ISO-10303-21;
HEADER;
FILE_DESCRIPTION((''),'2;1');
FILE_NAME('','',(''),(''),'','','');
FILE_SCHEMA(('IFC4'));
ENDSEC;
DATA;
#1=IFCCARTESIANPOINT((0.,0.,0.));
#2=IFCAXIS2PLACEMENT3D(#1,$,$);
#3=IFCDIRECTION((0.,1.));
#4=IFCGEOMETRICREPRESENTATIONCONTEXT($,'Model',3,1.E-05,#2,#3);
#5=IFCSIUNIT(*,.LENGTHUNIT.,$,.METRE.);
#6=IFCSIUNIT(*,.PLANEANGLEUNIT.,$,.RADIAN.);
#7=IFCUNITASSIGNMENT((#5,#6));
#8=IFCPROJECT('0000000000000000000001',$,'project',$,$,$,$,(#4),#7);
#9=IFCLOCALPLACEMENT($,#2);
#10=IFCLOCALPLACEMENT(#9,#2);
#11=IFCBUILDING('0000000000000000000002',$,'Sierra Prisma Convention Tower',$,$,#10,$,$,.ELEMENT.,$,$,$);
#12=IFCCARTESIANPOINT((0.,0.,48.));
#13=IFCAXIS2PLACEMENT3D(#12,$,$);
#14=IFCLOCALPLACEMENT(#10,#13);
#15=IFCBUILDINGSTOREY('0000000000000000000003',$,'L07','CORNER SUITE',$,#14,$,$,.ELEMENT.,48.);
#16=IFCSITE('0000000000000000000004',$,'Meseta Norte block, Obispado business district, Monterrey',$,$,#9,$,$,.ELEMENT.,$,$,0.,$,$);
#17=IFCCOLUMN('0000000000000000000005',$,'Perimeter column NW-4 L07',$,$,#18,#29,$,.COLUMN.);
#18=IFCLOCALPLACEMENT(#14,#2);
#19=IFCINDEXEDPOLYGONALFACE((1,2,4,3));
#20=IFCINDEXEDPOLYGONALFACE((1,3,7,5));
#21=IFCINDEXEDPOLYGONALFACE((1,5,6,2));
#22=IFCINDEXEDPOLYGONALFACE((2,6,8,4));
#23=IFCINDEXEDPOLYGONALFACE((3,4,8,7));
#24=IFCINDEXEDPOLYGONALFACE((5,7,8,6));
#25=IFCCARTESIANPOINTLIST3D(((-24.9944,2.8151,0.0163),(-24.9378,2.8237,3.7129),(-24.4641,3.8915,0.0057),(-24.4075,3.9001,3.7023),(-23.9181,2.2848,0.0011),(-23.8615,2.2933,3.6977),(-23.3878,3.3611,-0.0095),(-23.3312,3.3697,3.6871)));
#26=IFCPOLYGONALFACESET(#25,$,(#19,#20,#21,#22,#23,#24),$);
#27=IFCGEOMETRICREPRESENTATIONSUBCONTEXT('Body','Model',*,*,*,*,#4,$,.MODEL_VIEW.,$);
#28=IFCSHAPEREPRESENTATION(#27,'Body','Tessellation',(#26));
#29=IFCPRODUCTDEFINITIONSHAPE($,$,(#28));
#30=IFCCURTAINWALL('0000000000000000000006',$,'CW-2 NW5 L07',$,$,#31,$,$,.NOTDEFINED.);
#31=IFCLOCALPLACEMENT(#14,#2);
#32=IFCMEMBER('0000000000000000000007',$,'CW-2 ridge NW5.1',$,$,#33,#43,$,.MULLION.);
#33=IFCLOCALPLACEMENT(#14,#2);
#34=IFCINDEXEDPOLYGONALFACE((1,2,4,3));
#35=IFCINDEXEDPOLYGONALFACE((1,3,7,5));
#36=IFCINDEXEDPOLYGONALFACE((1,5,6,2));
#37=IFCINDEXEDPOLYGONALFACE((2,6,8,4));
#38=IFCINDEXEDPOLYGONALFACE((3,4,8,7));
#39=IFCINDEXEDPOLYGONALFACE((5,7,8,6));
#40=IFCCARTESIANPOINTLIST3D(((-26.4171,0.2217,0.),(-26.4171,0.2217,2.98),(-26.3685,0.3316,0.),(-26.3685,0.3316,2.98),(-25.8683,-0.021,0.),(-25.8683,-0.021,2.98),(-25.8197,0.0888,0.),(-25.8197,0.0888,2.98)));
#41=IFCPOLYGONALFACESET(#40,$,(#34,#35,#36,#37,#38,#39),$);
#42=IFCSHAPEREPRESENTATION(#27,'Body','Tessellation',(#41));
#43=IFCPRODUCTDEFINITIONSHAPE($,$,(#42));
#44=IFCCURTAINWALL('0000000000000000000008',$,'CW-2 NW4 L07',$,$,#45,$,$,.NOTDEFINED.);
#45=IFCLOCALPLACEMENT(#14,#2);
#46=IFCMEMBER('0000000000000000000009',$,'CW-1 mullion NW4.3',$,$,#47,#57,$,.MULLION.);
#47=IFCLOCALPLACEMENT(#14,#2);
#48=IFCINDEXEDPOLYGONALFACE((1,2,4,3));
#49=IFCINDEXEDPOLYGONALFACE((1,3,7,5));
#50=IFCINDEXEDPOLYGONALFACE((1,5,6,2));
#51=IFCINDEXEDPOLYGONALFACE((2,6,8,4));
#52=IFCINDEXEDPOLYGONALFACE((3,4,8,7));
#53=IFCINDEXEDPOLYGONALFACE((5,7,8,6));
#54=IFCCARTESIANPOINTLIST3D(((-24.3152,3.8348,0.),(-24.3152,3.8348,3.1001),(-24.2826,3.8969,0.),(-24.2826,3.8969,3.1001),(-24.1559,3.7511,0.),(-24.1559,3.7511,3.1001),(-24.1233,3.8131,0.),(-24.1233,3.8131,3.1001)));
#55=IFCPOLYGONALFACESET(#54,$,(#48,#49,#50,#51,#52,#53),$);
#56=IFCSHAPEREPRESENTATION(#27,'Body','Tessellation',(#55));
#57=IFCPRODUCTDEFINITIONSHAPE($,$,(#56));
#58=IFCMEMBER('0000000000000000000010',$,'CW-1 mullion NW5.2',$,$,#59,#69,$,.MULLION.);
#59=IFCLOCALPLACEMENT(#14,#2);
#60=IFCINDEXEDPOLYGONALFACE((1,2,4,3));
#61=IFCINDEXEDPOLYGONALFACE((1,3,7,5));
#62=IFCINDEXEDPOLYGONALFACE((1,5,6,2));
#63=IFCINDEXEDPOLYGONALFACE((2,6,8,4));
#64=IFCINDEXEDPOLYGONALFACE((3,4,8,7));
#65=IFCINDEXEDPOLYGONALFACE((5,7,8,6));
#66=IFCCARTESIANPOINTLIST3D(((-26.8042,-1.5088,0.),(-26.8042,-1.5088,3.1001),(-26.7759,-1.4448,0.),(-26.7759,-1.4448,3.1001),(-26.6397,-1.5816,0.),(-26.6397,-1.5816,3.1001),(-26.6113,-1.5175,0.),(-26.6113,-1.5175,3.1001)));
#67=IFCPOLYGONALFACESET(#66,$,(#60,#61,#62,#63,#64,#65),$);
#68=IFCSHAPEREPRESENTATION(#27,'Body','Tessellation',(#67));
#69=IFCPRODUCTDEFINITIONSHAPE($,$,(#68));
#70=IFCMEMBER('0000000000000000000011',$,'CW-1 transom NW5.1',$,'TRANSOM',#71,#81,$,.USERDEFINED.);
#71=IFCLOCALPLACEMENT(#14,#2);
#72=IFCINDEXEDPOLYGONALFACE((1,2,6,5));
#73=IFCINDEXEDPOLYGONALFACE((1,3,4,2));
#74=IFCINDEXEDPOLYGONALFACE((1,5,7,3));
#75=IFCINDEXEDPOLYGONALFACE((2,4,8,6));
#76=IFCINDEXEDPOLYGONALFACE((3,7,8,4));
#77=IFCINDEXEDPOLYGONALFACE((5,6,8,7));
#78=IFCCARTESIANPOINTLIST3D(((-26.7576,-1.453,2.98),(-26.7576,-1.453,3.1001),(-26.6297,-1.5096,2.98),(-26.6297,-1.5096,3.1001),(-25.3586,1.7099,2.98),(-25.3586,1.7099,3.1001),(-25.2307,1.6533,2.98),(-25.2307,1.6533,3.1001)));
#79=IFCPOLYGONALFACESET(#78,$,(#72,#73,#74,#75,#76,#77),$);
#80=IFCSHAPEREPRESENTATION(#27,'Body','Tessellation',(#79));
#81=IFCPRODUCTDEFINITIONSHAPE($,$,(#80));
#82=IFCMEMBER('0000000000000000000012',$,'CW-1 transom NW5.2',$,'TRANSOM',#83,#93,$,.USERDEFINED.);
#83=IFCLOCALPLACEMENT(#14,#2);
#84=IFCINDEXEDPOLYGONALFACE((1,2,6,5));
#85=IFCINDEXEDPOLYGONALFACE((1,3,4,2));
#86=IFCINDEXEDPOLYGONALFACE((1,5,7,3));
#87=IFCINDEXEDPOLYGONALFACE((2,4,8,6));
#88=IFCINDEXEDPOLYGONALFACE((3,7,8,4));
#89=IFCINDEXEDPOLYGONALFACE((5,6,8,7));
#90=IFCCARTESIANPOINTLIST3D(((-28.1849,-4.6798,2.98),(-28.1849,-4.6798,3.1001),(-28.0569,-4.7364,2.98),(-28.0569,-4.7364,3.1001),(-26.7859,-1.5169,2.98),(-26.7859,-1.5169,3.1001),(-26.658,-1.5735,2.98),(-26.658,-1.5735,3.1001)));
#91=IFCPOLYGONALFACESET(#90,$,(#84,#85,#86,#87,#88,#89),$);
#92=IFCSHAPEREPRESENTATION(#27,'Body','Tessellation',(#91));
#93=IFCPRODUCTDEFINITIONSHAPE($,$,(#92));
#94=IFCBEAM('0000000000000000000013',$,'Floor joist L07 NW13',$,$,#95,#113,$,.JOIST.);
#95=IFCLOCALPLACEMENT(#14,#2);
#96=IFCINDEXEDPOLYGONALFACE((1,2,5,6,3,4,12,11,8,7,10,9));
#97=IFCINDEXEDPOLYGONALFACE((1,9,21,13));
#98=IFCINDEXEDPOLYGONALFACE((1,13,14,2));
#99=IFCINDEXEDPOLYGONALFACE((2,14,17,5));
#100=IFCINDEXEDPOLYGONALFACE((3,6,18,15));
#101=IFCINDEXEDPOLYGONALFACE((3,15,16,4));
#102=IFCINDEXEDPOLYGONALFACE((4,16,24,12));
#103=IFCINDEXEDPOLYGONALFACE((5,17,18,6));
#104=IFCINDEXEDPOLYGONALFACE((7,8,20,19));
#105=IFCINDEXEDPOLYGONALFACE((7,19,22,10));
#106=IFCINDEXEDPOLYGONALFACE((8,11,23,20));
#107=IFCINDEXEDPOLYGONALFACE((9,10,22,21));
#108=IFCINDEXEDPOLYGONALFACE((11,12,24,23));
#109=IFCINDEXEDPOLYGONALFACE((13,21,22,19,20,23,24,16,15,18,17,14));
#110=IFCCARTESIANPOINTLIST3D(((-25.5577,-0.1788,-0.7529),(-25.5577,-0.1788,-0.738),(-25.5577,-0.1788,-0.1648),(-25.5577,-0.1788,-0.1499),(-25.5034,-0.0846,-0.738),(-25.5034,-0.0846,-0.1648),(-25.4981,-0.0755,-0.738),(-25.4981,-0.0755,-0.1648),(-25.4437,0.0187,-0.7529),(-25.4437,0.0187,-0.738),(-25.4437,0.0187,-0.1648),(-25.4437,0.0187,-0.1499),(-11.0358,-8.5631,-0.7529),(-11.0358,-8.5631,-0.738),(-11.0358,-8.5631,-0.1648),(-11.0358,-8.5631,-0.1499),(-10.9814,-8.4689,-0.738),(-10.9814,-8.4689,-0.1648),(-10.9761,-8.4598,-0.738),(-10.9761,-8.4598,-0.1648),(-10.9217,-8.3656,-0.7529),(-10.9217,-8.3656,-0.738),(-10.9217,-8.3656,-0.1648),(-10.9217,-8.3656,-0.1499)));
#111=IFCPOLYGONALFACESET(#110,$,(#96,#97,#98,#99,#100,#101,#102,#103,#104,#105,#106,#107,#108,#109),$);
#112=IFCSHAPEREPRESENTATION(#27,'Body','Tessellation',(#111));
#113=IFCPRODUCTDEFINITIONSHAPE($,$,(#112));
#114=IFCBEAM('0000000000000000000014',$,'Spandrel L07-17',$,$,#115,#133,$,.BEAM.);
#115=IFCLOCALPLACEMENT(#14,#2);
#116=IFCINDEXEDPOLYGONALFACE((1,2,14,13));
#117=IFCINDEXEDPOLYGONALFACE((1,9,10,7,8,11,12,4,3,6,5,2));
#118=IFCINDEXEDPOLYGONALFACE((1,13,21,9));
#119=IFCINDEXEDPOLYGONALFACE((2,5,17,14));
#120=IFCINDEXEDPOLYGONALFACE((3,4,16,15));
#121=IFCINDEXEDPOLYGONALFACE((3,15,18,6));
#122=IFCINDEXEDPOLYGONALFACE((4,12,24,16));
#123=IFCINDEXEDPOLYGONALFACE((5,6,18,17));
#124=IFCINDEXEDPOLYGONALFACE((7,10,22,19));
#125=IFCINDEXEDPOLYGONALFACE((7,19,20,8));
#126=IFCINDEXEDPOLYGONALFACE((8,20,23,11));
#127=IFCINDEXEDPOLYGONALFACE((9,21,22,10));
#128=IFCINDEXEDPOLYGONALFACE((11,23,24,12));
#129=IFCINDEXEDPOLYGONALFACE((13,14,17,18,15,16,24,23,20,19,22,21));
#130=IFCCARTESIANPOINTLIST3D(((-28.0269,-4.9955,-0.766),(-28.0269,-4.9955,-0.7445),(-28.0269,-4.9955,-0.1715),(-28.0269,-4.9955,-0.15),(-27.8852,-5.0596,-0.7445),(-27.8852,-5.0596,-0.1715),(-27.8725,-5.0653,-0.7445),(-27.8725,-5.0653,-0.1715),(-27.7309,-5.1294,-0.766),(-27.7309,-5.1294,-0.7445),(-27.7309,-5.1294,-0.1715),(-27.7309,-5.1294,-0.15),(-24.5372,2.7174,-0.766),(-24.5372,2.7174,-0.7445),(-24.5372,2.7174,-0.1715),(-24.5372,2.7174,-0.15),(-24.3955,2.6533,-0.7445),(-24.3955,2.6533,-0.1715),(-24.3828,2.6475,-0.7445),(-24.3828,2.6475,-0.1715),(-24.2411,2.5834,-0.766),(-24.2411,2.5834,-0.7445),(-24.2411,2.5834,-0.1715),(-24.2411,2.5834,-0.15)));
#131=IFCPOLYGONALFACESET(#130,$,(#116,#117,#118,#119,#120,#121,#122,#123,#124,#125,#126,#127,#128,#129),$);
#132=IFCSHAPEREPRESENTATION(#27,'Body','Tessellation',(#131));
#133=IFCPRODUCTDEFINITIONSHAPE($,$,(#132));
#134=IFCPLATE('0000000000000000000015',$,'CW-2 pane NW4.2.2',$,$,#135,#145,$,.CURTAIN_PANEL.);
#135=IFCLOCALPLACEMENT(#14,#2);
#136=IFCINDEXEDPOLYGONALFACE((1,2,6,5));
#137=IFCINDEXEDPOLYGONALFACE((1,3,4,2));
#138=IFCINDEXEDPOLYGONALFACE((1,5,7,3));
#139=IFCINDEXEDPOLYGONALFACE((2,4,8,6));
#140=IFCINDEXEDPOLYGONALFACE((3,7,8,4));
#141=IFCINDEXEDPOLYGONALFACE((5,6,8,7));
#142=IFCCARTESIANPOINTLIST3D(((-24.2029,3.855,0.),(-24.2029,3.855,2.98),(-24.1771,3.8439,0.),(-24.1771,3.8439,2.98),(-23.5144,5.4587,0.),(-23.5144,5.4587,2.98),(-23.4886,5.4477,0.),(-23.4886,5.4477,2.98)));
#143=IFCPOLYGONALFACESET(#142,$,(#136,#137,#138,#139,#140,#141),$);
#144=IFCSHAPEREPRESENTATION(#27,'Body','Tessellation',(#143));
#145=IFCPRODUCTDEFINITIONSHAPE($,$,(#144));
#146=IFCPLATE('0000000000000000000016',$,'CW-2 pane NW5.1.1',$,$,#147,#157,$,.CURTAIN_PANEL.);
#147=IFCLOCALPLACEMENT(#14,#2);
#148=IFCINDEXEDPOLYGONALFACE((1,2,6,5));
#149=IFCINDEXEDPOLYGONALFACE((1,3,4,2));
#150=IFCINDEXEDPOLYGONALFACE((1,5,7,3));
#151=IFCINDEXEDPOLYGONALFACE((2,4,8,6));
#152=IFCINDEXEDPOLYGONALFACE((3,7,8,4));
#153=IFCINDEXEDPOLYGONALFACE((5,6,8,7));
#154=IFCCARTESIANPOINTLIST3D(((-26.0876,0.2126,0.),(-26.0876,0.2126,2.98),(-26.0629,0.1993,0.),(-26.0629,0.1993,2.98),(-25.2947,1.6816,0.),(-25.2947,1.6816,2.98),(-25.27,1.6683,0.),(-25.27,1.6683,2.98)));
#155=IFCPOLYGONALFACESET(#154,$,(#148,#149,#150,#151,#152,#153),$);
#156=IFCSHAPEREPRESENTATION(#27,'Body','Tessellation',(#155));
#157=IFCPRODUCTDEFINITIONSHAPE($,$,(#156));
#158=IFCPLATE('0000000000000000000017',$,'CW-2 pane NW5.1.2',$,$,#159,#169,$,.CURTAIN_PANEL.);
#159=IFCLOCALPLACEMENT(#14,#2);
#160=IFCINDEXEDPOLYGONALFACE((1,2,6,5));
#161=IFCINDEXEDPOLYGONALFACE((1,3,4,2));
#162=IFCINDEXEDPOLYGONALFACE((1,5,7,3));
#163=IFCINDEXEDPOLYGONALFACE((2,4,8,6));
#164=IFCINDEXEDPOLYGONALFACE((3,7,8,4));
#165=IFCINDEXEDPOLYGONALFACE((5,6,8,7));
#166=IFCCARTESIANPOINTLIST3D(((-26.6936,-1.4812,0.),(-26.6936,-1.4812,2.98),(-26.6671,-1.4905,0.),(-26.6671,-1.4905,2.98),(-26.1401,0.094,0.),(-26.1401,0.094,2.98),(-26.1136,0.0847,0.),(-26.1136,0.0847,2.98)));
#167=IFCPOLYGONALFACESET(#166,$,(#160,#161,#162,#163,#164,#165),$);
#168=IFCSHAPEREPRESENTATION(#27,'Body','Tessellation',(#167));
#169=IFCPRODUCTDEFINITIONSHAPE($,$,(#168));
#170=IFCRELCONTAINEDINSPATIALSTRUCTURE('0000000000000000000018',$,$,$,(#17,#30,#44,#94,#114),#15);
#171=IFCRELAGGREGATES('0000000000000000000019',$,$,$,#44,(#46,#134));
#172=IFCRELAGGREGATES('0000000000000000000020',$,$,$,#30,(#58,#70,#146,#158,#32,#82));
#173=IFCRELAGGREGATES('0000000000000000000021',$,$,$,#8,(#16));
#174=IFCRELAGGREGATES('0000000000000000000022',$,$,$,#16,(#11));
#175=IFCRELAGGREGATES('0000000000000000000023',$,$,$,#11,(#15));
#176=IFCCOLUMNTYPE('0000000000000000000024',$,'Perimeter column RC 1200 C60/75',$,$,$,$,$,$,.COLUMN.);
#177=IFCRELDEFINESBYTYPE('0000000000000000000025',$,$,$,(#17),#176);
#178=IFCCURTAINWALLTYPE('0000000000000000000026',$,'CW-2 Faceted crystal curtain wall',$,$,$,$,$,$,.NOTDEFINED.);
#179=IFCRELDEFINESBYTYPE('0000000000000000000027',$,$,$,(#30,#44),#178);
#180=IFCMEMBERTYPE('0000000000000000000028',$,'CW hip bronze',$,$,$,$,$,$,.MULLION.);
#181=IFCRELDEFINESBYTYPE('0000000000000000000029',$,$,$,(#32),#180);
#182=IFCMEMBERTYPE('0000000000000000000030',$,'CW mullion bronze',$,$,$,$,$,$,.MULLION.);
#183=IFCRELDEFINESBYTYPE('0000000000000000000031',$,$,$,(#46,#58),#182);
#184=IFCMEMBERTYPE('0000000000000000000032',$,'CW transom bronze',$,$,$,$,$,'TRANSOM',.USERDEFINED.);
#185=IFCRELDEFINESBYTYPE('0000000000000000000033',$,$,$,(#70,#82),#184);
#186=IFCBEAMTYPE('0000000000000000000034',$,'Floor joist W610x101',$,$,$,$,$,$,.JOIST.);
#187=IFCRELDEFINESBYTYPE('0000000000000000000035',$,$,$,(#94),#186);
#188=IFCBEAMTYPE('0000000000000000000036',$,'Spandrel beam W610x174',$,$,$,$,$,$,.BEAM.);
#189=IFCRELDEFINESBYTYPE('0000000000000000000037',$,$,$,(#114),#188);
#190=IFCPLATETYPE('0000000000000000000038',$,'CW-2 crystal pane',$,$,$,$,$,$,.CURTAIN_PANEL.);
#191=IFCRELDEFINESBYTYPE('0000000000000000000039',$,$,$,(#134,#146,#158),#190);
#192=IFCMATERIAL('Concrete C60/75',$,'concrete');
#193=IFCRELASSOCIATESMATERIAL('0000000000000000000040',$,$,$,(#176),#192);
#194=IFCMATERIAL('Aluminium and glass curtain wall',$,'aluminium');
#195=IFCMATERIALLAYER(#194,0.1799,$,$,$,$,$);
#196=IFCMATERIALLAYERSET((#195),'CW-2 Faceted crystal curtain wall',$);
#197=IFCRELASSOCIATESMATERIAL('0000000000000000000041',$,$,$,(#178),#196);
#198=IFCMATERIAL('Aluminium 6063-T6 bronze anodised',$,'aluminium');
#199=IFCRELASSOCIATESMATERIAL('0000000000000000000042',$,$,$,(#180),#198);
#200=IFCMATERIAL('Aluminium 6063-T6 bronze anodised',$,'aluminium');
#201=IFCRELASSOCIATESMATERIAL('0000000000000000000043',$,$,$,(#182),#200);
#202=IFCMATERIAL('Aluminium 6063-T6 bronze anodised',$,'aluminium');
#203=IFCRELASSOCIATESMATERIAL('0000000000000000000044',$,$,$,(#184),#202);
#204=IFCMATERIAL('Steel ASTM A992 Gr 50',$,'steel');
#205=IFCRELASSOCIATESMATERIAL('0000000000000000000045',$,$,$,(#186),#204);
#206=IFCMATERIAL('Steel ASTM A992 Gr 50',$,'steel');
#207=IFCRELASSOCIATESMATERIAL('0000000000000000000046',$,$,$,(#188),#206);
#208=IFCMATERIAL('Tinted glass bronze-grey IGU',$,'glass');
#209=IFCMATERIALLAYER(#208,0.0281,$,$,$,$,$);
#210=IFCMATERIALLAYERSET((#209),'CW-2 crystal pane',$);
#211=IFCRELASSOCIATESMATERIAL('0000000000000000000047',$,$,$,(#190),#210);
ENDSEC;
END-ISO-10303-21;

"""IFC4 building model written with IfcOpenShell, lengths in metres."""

from ifc_helpers import new_model, si_unit, direction, frame, origin, origin_2d, place, context, subcontext, project, spatial, polyline, rectangle, i_section, outline, extrude, clip, halfspace, material, layer, layer_set, material_profile, profile_set, type_object, element, aggregate, save


model = new_model("IFC4")

# Units and contexts
model_context = context("Model", 3, precision=1e-05, world=origin(), true_north=direction((0.0, 1.0)))
body_context = subcontext(model_context, "Body", "Model", "MODEL_VIEW")
ifc_project = project(units=[si_unit("LENGTHUNIT", "METRE"), si_unit("PLANEANGLEUNIT", "RADIAN")], contexts=[model_context])

# Site, building, storey
site_placement = place(None, origin())
site = spatial("IfcSite", under=ifc_project, at=site_placement, Name="Meseta Norte block, Obispado business district, Monterrey", CompositionType="ELEMENT", RefElevation=0.0)
building_placement = place(site_placement, origin())
building = spatial("IfcBuilding", under=site, at=building_placement, Name="Sierra Prisma Convention Tower", CompositionType="ELEMENT")
storey_placement = place(building_placement, frame((0.0, 0.0, 48.0)))
storey = spatial("IfcBuildingStorey", under=building, at=storey_placement, Name="L07", Description="CORNER SUITE", CompositionType="ELEMENT", Elevation=48.0)

# Column
ifc_material_1 = material(Name="Concrete C60/75", Category="concrete")
ifc_material_profile_1 = material_profile(ifc_material_1, rectangle(XDim=1.2, YDim=1.2, at=origin_2d()), Name="Perimeter column RC 1200 C60/75")
ifc_profile_set_1 = profile_set([ifc_material_profile_1], Name="Concrete C60/75")
column_type = type_object("IfcColumnType", Name="Perimeter column RC 1200 C60/75", PredefinedType="COLUMN", material=ifc_profile_set_1)
column_placement = place(storey_placement, frame((-24.1912, 3.0881, 0.0), z_axis=(0.015307, 0.002309, 0.99988), x_axis=(0.441921, 0.897011, -0.008837)))
element("IfcColumn", 1, at=column_placement, inside=storey, type_object=column_type, Name="Perimeter column NW-4 L07", PredefinedType="COLUMN", context=body_context, shape_type="SweptSolid", body=[
    clip(extrude(rectangle(XDim=1.2, YDim=1.2, at=origin_2d()), origin(), (0.0, 0.0, 1.0), 3.7004), halfspace(frame((0.0, 0.0, 0.0034)), True)),
])

# Curtain walls, members
ifc_material_2 = material(Name="Aluminium and glass curtain wall", Category="aluminium")
ifc_layer_1 = layer(ifc_material_2, 0.1799)
ifc_layer_set_1 = layer_set([ifc_layer_1], Name="CW-2 Faceted crystal curtain wall")
curtain_wall_type = type_object("IfcCurtainWallType", Name="CW-2 Faceted crystal curtain wall", PredefinedType="NOTDEFINED", material=ifc_layer_set_1)
curtain_wall_1_placement = place(storey_placement, origin())
curtain_wall_1 = element("IfcCurtainWall", 2, at=curtain_wall_1_placement, inside=storey, type_object=curtain_wall_type, Name="CW-2 NW5 L07", PredefinedType="NOTDEFINED")
ifc_material_3 = material(Name="Aluminium 6063-T6 bronze anodised", Category="aluminium")
ifc_material_profile_2 = material_profile(ifc_material_3, rectangle(XDim=0.1201, YDim=0.6001, at=origin_2d()), Name="ALU RIDGE BLADE 120x600")
ifc_profile_set_2 = profile_set([ifc_material_profile_2], Name="Aluminium 6063-T6 bronze anodised")
member_type_1 = type_object("IfcMemberType", Name="CW hip bronze", PredefinedType="MULLION", material=ifc_profile_set_2)
member_1_placement = place(storey_placement, frame((-26.1184, 0.1553, 0.0), z_axis=(0.0, 0.0, 1.0), x_axis=(-0.404506, -0.914535, 0.0)))
member_1 = element("IfcMember", 3, at=member_1_placement, type_object=member_type_1, Name="CW-2 ridge NW5.1", PredefinedType="MULLION", context=body_context, shape_type="SweptSolid", body=[
    extrude(rectangle(XDim=0.1201, YDim=0.6001, at=origin_2d()), origin(), (0.0, 0.0, 1.0), 2.98),
])
curtain_wall_2_placement = place(storey_placement, origin())
curtain_wall_2 = element("IfcCurtainWall", 4, at=curtain_wall_2_placement, inside=storey, type_object=curtain_wall_type, Name="CW-2 NW4 L07", PredefinedType="NOTDEFINED")
ifc_material_4 = material(Name="Aluminium 6063-T6 bronze anodised", Category="aluminium")
ifc_material_profile_3 = material_profile(ifc_material_4, rectangle(XDim=0.1799, YDim=0.0701, at=origin_2d()), Name="ALU MULLION 70x180")
ifc_profile_set_3 = profile_set([ifc_material_profile_3], Name="Aluminium 6063-T6 bronze anodised")
member_type_2 = type_object("IfcMemberType", Name="CW mullion bronze", PredefinedType="MULLION", material=ifc_profile_set_3)
member_2_placement = place(storey_placement, frame((-24.2192, 3.824, 0.0), z_axis=(0.0, 0.0, 1.0), x_axis=(0.885085, -0.46543, 0.0)))
member_2 = element("IfcMember", 5, at=member_2_placement, type_object=member_type_2, Name="CW-1 mullion NW4.3", PredefinedType="MULLION", context=body_context, shape_type="SweptSolid", body=[
    extrude(rectangle(XDim=0.1799, YDim=0.0701, at=origin_2d()), origin(), (0.0, 0.0, 1.0), 3.1001),
])

# Members
member_3_placement = place(storey_placement, frame((-26.7078, -1.5132, 0.0), z_axis=(0.0, 0.0, 1.0), x_axis=(0.914535, -0.404506, 0.0)))
member_3 = element("IfcMember", 6, at=member_3_placement, type_object=member_type_2, Name="CW-1 mullion NW5.2", PredefinedType="MULLION", context=body_context, shape_type="SweptSolid", body=[
    extrude(rectangle(XDim=0.1799, YDim=0.0701, at=origin_2d()), origin(), (0.0, 0.0, 1.0), 3.1001),
])
ifc_material_5 = material(Name="Aluminium 6063-T6 bronze anodised", Category="aluminium")
ifc_material_profile_4 = material_profile(ifc_material_5, rectangle(XDim=0.1399, YDim=0.1201, at=origin_2d()), Name="ALU TRANSOM 120x140")
ifc_profile_set_4 = profile_set([ifc_material_profile_4], Name="Aluminium 6063-T6 bronze anodised")
member_type_3 = type_object("IfcMemberType", Name="CW transom bronze", ElementType="TRANSOM", PredefinedType="USERDEFINED", material=ifc_profile_set_4)
member_4_placement = place(storey_placement, frame((-25.2947, 1.6816, 3.04), z_axis=(-0.4045, -0.914538, 0.0), x_axis=(0.914538, -0.4045, 0.0)))
member_4 = element("IfcMember", 7, at=member_4_placement, type_object=member_type_3, Name="CW-1 transom NW5.1", ObjectType="TRANSOM", PredefinedType="USERDEFINED", context=body_context, shape_type="SweptSolid", body=[
    extrude(rectangle(XDim=0.1399, YDim=0.1201, at=origin_2d()), origin(), (0.0, 0.0, 1.0), 3.4585),
])
member_5_placement = place(storey_placement, frame((-26.7219, -1.5452, 3.04), z_axis=(-0.4045, -0.914538, 0.0), x_axis=(0.914538, -0.4045, 0.0)))
member_5 = element("IfcMember", 8, at=member_5_placement, type_object=member_type_3, Name="CW-1 transom NW5.2", ObjectType="TRANSOM", PredefinedType="USERDEFINED", context=body_context, shape_type="SweptSolid", body=[
    extrude(rectangle(XDim=0.1399, YDim=0.1201, at=origin_2d()), origin(), (0.0, 0.0, 1.0), 3.4585),
])

# Beams
ifc_material_6 = material(Name="Steel ASTM A992 Gr 50", Category="steel")
ifc_material_profile_5 = material_profile(ifc_material_6, i_section(OverallWidth=0.228, OverallDepth=0.603, WebThickness=0.0105, FlangeThickness=0.0149, at=origin_2d()), Name="W610x101")
ifc_profile_set_5 = profile_set([ifc_material_profile_5], Name="Steel ASTM A992 Gr 50")
beam_type_1 = type_object("IfcBeamType", Name="Floor joist W610x101", PredefinedType="JOIST", material=ifc_profile_set_5)
beam_1_placement = place(storey_placement, frame((-25.5007, -0.0801, -0.4514), z_axis=(0.866025, -0.500001, 0.0), x_axis=(0.500001, 0.866025, 0.0)))
element("IfcBeam", 9, at=beam_1_placement, inside=storey, type_object=beam_type_1, Name="Floor joist L07 NW13", PredefinedType="JOIST", context=body_context, shape_type="SweptSolid", body=[
    extrude(i_section(OverallWidth=0.228, OverallDepth=0.603, WebThickness=0.0105, FlangeThickness=0.0149, at=origin_2d()), origin(), (0.0, 0.0, 1.0), 16.7686),
])
ifc_material_7 = material(Name="Steel ASTM A992 Gr 50", Category="steel")
ifc_material_profile_6 = material_profile(ifc_material_7, i_section(OverallWidth=0.325, OverallDepth=0.616, WebThickness=0.0139, FlangeThickness=0.0215, at=origin_2d()), Name="W610x174")
ifc_profile_set_6 = profile_set([ifc_material_profile_6], Name="Steel ASTM A992 Gr 50")
beam_type_2 = type_object("IfcBeamType", Name="Spandrel beam W610x174", PredefinedType="BEAM", material=ifc_profile_set_6)
beam_2_placement = place(storey_placement, frame((-24.3892, 2.6504, -0.458), z_axis=(-0.412225, -0.911082, 0.0), x_axis=(0.911082, -0.412225, 0.0)))
element("IfcBeam", 10, at=beam_2_placement, inside=storey, type_object=beam_type_2, Name="Spandrel L07-17", PredefinedType="BEAM", context=body_context, shape_type="SweptSolid", body=[
    extrude(i_section(OverallWidth=0.325, OverallDepth=0.616, WebThickness=0.0139, FlangeThickness=0.0215, at=origin_2d()), origin(), (0.0, 0.0, 1.0), 8.4656),
])

# Plates
ifc_material_8 = material(Name="Tinted glass bronze-grey IGU", Category="glass")
ifc_layer_2 = layer(ifc_material_8, 0.0281)
ifc_layer_set_2 = layer_set([ifc_layer_2], Name="CW-2 crystal pane")
plate_type = type_object("IfcPlateType", Name="CW-2 crystal pane", PredefinedType="CURTAIN_PANEL", material=ifc_layer_set_2)
plate_1_placement = place(storey_placement, frame((-24.2029, 3.855, 0.0), z_axis=(-0.918906, 0.394476, 0.0), x_axis=(0.394476, 0.918906, 0.0)))
plate_1 = element("IfcPlate", 11, at=plate_1_placement, type_object=plate_type, Name="CW-2 pane NW4.2.2", PredefinedType="CURTAIN_PANEL", context=body_context, shape_type="SweptSolid", body=[
    extrude(outline(polyline([(0.0, 0.0), (1.7453, 0.0), (1.7453, -2.98), (0.0, -2.98), (0.0, 0.0)])), origin(), (0.0, 0.0, -1.0), 0.0281),
])
aggregate(curtain_wall_2, [member_2, plate_1])
plate_2_placement = place(storey_placement, frame((-25.2947, 1.6816, 0.0), z_axis=(-0.879978, 0.475015, 0.0), x_axis=(-0.475015, -0.879978, 0.0)))
plate_2 = element("IfcPlate", 12, at=plate_2_placement, type_object=plate_type, Name="CW-2 pane NW5.1.1", PredefinedType="CURTAIN_PANEL", context=body_context, shape_type="SweptSolid", body=[
    extrude(outline(polyline([(0.0, 0.0), (1.6694, 0.0), (1.6694, 2.98), (0.0, 2.98), (0.0, 0.0)])), origin(), (0.0, 0.0, -1.0), 0.0281),
])
plate_3_placement = place(storey_placement, frame((-26.6936, -1.4812, 0.0), z_axis=(-0.943456, 0.331497, 0.0), x_axis=(0.331497, 0.943456, 0.0)))
plate_3 = element("IfcPlate", 13, at=plate_3_placement, type_object=plate_type, Name="CW-2 pane NW5.1.2", PredefinedType="CURTAIN_PANEL", context=body_context, shape_type="SweptSolid", body=[
    extrude(outline(polyline([(0.0, 0.0), (1.6696, 0.0), (1.6696, -2.98), (0.0, -2.98), (0.0, 0.0)])), origin(), (0.0, 0.0, -1.0), 0.0281),
])
aggregate(curtain_wall_1, [member_3, member_4, plate_2, plate_3, member_1, member_5])

save(model, "model.ifc")
